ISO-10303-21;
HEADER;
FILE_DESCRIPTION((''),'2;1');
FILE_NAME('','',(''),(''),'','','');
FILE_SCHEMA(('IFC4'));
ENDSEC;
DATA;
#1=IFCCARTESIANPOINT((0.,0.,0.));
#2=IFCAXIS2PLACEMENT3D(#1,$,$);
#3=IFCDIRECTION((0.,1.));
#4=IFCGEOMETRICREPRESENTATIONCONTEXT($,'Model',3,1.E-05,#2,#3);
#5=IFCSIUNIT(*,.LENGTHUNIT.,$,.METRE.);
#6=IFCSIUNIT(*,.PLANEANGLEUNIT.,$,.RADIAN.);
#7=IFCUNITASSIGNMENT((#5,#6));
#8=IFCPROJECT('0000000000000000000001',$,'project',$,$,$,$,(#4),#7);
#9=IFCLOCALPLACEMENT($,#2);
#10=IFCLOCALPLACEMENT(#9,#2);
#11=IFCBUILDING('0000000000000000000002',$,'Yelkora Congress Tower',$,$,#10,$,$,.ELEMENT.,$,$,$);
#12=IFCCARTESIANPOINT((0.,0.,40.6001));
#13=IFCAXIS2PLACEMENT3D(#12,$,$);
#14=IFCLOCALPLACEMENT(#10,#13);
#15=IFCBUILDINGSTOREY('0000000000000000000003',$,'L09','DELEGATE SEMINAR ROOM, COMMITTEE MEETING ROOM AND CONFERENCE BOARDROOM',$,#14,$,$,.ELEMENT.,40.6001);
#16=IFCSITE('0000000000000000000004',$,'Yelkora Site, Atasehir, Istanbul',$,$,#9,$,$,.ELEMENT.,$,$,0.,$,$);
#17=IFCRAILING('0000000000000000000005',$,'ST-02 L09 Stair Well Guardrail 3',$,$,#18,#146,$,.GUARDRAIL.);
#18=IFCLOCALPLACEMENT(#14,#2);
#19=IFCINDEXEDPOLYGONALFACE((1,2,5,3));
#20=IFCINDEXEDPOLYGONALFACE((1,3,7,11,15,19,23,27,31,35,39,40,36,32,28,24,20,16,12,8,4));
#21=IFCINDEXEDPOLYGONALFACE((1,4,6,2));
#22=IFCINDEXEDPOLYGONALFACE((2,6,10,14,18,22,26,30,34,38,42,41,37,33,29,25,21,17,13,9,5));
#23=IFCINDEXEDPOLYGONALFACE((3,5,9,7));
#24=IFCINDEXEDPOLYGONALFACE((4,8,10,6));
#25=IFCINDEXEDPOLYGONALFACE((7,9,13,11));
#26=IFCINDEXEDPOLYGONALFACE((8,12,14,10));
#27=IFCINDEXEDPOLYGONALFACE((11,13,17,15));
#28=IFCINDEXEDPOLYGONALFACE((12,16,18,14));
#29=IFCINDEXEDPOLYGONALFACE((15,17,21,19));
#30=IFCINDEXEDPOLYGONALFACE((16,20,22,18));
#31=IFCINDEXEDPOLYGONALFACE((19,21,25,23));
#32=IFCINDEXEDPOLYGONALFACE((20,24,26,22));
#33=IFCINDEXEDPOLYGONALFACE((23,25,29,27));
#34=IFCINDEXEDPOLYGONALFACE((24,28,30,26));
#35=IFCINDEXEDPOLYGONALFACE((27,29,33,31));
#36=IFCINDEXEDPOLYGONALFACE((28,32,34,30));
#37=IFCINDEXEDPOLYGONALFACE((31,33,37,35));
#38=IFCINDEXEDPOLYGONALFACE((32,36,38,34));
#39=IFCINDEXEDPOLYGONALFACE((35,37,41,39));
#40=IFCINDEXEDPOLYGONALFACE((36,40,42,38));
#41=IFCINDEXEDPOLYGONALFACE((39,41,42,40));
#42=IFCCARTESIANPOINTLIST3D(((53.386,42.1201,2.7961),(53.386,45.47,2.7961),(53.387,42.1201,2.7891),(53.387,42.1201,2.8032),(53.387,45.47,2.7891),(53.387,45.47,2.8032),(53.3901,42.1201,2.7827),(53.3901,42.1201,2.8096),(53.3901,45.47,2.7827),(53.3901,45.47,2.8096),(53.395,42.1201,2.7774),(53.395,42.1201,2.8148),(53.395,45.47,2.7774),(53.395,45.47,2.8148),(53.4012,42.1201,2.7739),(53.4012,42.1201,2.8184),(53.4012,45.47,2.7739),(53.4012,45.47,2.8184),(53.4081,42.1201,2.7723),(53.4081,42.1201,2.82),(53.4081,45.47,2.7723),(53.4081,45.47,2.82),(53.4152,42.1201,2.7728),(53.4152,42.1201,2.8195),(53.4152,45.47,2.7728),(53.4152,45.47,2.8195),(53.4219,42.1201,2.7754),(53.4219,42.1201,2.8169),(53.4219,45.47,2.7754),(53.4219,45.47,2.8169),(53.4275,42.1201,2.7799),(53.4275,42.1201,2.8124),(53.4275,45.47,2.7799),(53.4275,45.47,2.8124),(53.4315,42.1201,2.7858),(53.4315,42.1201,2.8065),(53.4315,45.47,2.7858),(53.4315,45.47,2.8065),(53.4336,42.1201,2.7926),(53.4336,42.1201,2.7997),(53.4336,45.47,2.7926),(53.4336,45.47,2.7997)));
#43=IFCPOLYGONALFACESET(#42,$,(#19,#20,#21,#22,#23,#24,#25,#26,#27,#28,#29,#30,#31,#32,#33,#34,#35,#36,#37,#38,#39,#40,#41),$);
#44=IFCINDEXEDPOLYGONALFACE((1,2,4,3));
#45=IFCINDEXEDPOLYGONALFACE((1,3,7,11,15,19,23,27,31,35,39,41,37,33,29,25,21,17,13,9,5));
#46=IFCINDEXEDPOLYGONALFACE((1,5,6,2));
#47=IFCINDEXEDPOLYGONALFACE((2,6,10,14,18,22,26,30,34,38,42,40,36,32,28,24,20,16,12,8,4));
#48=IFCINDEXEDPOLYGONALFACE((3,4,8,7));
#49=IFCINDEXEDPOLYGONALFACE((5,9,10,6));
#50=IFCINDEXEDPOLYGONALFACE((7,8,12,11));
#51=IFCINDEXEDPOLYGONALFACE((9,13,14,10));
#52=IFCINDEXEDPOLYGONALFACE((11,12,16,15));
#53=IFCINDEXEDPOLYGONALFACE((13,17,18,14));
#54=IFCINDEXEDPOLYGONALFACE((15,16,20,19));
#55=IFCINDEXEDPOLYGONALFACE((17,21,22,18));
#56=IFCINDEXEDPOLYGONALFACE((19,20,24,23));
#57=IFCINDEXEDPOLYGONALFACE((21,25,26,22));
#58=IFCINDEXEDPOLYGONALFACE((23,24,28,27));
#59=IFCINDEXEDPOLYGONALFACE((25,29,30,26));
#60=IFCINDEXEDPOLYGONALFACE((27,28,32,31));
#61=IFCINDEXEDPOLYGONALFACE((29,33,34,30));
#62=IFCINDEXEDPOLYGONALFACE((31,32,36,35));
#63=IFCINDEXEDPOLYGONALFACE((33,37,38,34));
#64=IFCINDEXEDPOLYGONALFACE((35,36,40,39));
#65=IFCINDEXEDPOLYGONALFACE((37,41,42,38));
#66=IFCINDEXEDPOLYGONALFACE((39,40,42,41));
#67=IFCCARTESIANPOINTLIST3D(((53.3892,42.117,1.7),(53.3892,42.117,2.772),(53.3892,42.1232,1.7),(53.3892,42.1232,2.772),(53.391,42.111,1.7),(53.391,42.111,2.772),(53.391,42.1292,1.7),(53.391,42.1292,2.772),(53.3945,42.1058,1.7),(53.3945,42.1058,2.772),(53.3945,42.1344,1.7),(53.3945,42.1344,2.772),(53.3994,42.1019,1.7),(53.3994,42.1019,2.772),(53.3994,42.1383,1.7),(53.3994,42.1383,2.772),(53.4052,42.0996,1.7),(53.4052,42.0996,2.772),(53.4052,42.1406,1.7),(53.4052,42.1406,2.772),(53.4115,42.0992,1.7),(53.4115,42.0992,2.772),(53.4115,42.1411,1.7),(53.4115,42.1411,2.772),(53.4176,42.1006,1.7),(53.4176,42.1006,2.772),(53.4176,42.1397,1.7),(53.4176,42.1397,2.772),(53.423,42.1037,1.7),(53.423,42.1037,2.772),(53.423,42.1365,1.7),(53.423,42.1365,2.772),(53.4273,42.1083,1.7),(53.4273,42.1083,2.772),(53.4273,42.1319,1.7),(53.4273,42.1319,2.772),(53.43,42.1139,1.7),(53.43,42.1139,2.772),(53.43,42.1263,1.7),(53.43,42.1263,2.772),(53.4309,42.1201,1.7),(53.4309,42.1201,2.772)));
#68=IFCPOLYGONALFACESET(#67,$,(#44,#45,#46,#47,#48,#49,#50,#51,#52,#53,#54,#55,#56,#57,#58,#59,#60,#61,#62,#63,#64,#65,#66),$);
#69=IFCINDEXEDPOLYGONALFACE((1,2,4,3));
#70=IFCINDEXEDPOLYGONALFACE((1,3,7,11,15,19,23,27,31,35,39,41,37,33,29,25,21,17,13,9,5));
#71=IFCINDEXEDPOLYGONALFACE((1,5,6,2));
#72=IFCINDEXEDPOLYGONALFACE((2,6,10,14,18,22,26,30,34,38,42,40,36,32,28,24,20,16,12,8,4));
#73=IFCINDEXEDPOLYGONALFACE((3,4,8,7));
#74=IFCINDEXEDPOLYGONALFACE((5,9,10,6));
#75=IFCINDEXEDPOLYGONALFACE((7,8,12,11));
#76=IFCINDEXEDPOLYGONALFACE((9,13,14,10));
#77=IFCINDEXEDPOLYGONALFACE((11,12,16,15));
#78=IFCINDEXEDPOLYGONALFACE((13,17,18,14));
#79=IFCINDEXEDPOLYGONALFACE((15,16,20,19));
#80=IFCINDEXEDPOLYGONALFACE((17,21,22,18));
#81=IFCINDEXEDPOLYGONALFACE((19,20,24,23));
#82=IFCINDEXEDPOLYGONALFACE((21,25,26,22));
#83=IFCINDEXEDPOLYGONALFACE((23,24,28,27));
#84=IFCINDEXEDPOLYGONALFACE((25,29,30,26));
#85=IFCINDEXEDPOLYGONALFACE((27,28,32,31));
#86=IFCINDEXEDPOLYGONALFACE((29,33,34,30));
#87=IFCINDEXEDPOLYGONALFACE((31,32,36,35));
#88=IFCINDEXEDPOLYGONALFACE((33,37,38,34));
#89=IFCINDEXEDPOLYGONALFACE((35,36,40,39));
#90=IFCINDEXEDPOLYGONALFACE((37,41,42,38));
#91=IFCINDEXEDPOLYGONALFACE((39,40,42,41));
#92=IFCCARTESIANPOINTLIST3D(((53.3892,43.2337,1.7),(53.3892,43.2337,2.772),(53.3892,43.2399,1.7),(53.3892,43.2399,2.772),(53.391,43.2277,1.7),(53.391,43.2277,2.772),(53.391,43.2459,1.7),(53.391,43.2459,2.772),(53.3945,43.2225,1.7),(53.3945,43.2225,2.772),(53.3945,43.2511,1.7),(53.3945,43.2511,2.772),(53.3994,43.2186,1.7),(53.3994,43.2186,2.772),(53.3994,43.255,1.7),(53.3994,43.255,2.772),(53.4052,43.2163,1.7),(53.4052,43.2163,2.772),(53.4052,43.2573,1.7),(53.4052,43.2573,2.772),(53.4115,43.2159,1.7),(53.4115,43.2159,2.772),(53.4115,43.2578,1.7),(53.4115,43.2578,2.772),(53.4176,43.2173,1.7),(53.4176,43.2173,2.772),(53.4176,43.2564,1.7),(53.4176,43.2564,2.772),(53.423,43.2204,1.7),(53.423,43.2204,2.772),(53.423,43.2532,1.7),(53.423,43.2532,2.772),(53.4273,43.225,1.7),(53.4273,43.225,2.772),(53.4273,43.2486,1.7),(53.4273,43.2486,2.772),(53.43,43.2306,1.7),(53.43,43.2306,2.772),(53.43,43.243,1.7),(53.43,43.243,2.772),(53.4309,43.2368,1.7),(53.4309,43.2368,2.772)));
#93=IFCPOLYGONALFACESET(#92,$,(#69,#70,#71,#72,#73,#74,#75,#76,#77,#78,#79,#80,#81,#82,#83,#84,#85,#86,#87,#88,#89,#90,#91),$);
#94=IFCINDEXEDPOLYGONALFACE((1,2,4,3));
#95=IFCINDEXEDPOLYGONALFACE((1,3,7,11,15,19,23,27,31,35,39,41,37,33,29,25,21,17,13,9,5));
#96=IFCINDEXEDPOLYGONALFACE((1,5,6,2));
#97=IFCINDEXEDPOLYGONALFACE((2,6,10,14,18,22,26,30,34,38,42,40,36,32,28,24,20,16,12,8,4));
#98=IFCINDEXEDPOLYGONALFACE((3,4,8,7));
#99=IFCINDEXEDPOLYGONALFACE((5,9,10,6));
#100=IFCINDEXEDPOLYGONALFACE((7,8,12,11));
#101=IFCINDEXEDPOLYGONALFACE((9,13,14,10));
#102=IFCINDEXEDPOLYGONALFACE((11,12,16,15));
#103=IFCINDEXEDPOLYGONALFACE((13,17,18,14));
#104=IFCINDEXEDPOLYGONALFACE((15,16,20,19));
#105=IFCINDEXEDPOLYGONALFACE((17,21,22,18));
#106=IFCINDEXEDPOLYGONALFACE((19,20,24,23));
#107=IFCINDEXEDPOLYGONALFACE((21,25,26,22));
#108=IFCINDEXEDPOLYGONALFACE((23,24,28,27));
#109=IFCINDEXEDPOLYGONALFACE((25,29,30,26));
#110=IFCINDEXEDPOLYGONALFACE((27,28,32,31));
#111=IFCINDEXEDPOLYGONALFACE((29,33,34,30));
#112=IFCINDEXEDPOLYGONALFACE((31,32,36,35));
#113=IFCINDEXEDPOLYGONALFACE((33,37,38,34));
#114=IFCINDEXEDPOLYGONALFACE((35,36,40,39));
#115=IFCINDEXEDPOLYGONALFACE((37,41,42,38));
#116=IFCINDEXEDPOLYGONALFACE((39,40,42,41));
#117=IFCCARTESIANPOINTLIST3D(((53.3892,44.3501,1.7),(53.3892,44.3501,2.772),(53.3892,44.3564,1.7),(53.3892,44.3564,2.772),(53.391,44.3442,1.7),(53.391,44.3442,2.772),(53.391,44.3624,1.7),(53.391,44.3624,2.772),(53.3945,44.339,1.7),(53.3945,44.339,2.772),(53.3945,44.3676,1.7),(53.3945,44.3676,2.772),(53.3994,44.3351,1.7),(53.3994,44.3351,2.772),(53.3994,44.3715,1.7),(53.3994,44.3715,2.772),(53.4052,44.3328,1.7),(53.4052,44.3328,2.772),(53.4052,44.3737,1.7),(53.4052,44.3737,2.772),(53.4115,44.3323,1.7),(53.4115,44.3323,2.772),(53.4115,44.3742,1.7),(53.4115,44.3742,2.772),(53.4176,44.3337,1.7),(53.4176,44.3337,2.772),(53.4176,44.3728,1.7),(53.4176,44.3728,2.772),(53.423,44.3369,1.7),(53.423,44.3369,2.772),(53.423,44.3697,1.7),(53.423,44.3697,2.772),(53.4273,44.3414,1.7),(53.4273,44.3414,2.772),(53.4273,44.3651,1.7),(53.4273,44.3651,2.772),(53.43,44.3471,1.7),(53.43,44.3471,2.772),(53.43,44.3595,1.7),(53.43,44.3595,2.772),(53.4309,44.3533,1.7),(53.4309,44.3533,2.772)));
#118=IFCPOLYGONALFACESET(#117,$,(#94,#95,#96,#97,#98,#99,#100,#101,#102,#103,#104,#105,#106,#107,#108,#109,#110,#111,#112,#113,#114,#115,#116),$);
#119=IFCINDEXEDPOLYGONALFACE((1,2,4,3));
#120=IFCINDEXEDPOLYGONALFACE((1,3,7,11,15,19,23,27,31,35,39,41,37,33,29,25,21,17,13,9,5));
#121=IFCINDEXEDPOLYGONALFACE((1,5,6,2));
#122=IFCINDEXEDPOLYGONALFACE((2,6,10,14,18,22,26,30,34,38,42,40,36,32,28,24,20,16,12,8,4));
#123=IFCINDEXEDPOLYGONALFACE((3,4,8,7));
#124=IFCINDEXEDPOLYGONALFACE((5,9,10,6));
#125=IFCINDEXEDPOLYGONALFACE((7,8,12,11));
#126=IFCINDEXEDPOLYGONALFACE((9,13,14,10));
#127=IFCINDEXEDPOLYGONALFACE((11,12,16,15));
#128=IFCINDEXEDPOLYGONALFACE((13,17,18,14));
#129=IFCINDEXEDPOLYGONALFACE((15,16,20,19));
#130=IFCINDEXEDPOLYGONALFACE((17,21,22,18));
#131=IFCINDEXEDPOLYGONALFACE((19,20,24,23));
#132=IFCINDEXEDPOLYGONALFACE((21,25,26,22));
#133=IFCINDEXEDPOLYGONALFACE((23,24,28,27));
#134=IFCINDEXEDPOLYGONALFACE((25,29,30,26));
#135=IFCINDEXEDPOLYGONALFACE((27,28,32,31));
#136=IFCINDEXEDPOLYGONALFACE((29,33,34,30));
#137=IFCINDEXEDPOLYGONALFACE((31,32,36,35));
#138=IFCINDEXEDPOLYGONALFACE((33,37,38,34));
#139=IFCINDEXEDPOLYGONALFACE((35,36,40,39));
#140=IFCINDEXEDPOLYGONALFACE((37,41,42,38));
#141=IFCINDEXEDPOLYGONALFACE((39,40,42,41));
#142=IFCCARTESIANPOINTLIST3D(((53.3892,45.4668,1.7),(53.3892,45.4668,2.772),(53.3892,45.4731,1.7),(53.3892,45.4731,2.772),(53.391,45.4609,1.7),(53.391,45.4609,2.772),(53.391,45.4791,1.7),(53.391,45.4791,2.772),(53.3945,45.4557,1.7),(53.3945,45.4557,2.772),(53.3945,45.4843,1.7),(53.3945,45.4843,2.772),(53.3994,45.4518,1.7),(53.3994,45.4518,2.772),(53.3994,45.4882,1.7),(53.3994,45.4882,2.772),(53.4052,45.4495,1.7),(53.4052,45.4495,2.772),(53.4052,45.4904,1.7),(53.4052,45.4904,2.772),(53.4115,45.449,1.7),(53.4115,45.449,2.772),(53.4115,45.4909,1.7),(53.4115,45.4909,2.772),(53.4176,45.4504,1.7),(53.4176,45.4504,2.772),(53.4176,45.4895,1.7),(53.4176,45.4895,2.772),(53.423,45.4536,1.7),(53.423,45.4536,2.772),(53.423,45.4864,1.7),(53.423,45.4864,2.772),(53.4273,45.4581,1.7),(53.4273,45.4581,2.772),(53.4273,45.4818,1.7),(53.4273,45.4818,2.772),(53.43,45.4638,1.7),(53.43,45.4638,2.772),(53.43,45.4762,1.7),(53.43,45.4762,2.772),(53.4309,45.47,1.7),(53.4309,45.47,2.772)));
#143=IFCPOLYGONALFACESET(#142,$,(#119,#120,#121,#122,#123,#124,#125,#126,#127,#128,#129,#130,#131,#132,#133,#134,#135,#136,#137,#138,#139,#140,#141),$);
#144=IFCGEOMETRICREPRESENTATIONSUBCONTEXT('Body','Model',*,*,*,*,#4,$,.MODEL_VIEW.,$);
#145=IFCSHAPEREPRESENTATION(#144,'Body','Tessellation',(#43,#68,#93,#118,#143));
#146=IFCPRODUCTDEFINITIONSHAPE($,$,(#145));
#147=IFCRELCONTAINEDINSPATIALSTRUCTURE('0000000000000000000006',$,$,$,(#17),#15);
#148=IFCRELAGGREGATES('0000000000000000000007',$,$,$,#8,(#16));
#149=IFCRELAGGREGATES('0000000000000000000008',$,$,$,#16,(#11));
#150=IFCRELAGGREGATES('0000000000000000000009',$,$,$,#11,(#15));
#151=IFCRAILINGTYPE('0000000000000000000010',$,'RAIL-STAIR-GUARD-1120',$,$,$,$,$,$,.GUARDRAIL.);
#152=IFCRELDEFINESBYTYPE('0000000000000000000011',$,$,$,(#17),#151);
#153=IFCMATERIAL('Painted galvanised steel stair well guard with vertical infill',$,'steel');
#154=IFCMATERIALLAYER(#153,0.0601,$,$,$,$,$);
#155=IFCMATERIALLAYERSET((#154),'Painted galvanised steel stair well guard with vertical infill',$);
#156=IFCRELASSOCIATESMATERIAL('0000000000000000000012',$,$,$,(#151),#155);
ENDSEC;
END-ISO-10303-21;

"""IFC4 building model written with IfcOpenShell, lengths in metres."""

from ifc_helpers import new_model, si_unit, direction, frame, origin, origin_2d, place, context, subcontext, project, spatial, circle, extrude, material, layer, layer_set, type_object, element, save


model = new_model("IFC4")

# Units and contexts
model_context = context("Model", 3, precision=1e-05, world=origin(), true_north=direction((0.0, 1.0)))
body_context = subcontext(model_context, "Body", "Model", "MODEL_VIEW")
ifc_project = project(units=[si_unit("LENGTHUNIT", "METRE"), si_unit("PLANEANGLEUNIT", "RADIAN")], contexts=[model_context])

# Site, building, storey
site_placement = place(None, origin())
site = spatial("IfcSite", under=ifc_project, at=site_placement, Name="Yelkora Site, Atasehir, Istanbul", CompositionType="ELEMENT", RefElevation=0.0)
building_placement = place(site_placement, origin())
building = spatial("IfcBuilding", under=site, at=building_placement, Name="Yelkora Congress Tower", CompositionType="ELEMENT")
storey_placement = place(building_placement, frame((0.0, 0.0, 40.6001)))
storey = spatial("IfcBuildingStorey", under=building, at=storey_placement, Name="L09", Description="DELEGATE SEMINAR ROOM, COMMITTEE MEETING ROOM AND CONFERENCE BOARDROOM", CompositionType="ELEMENT", Elevation=40.6001)

# Railing
ifc_material_1 = material(Name="Painted galvanised steel stair well guard with vertical infill", Category="steel")
ifc_layer_1 = layer(ifc_material_1, 0.0601)
ifc_layer_set_1 = layer_set([ifc_layer_1], Name="Painted galvanised steel stair well guard with vertical infill")
railing_type_1 = type_object("IfcRailingType", Name="RAIL-STAIR-GUARD-1120", PredefinedType="GUARDRAIL", material=ifc_layer_set_1)
railing_1_placement = place(storey_placement, frame((53.4099, 42.1201, 1.7)))
element("IfcRailing", 1, at=railing_1_placement, inside=storey, type_object=railing_type_1, Name="ST-02 L09 Stair Well Guardrail 3", PredefinedType="GUARDRAIL", context=body_context, shape_type="SweptSolid", body=[
    extrude(circle(Radius=0.0239, at=origin_2d()), frame((0.0, 0.0, 1.0962), z_axis=(0.0, 1.0, 0.0), x_axis=(-1.0, 0.0, 0.0)), (0.0, 0.0, 1.0), 3.3499),
    extrude(circle(Radius=0.021, at=origin_2d()), origin(), (0.0, 0.0, 1.0), 1.072),
    extrude(circle(Radius=0.021, at=origin_2d()), frame((0.0, 1.1167, 0.0)), (0.0, 0.0, 1.0), 1.072),
    extrude(circle(Radius=0.021, at=origin_2d()), frame((0.0, 2.2332, 0.0)), (0.0, 0.0, 1.0), 1.072),
    extrude(circle(Radius=0.021, at=origin_2d()), frame((0.0, 3.3499, 0.0)), (0.0, 0.0, 1.0), 1.072),
])

save(model, "model.ifc")
